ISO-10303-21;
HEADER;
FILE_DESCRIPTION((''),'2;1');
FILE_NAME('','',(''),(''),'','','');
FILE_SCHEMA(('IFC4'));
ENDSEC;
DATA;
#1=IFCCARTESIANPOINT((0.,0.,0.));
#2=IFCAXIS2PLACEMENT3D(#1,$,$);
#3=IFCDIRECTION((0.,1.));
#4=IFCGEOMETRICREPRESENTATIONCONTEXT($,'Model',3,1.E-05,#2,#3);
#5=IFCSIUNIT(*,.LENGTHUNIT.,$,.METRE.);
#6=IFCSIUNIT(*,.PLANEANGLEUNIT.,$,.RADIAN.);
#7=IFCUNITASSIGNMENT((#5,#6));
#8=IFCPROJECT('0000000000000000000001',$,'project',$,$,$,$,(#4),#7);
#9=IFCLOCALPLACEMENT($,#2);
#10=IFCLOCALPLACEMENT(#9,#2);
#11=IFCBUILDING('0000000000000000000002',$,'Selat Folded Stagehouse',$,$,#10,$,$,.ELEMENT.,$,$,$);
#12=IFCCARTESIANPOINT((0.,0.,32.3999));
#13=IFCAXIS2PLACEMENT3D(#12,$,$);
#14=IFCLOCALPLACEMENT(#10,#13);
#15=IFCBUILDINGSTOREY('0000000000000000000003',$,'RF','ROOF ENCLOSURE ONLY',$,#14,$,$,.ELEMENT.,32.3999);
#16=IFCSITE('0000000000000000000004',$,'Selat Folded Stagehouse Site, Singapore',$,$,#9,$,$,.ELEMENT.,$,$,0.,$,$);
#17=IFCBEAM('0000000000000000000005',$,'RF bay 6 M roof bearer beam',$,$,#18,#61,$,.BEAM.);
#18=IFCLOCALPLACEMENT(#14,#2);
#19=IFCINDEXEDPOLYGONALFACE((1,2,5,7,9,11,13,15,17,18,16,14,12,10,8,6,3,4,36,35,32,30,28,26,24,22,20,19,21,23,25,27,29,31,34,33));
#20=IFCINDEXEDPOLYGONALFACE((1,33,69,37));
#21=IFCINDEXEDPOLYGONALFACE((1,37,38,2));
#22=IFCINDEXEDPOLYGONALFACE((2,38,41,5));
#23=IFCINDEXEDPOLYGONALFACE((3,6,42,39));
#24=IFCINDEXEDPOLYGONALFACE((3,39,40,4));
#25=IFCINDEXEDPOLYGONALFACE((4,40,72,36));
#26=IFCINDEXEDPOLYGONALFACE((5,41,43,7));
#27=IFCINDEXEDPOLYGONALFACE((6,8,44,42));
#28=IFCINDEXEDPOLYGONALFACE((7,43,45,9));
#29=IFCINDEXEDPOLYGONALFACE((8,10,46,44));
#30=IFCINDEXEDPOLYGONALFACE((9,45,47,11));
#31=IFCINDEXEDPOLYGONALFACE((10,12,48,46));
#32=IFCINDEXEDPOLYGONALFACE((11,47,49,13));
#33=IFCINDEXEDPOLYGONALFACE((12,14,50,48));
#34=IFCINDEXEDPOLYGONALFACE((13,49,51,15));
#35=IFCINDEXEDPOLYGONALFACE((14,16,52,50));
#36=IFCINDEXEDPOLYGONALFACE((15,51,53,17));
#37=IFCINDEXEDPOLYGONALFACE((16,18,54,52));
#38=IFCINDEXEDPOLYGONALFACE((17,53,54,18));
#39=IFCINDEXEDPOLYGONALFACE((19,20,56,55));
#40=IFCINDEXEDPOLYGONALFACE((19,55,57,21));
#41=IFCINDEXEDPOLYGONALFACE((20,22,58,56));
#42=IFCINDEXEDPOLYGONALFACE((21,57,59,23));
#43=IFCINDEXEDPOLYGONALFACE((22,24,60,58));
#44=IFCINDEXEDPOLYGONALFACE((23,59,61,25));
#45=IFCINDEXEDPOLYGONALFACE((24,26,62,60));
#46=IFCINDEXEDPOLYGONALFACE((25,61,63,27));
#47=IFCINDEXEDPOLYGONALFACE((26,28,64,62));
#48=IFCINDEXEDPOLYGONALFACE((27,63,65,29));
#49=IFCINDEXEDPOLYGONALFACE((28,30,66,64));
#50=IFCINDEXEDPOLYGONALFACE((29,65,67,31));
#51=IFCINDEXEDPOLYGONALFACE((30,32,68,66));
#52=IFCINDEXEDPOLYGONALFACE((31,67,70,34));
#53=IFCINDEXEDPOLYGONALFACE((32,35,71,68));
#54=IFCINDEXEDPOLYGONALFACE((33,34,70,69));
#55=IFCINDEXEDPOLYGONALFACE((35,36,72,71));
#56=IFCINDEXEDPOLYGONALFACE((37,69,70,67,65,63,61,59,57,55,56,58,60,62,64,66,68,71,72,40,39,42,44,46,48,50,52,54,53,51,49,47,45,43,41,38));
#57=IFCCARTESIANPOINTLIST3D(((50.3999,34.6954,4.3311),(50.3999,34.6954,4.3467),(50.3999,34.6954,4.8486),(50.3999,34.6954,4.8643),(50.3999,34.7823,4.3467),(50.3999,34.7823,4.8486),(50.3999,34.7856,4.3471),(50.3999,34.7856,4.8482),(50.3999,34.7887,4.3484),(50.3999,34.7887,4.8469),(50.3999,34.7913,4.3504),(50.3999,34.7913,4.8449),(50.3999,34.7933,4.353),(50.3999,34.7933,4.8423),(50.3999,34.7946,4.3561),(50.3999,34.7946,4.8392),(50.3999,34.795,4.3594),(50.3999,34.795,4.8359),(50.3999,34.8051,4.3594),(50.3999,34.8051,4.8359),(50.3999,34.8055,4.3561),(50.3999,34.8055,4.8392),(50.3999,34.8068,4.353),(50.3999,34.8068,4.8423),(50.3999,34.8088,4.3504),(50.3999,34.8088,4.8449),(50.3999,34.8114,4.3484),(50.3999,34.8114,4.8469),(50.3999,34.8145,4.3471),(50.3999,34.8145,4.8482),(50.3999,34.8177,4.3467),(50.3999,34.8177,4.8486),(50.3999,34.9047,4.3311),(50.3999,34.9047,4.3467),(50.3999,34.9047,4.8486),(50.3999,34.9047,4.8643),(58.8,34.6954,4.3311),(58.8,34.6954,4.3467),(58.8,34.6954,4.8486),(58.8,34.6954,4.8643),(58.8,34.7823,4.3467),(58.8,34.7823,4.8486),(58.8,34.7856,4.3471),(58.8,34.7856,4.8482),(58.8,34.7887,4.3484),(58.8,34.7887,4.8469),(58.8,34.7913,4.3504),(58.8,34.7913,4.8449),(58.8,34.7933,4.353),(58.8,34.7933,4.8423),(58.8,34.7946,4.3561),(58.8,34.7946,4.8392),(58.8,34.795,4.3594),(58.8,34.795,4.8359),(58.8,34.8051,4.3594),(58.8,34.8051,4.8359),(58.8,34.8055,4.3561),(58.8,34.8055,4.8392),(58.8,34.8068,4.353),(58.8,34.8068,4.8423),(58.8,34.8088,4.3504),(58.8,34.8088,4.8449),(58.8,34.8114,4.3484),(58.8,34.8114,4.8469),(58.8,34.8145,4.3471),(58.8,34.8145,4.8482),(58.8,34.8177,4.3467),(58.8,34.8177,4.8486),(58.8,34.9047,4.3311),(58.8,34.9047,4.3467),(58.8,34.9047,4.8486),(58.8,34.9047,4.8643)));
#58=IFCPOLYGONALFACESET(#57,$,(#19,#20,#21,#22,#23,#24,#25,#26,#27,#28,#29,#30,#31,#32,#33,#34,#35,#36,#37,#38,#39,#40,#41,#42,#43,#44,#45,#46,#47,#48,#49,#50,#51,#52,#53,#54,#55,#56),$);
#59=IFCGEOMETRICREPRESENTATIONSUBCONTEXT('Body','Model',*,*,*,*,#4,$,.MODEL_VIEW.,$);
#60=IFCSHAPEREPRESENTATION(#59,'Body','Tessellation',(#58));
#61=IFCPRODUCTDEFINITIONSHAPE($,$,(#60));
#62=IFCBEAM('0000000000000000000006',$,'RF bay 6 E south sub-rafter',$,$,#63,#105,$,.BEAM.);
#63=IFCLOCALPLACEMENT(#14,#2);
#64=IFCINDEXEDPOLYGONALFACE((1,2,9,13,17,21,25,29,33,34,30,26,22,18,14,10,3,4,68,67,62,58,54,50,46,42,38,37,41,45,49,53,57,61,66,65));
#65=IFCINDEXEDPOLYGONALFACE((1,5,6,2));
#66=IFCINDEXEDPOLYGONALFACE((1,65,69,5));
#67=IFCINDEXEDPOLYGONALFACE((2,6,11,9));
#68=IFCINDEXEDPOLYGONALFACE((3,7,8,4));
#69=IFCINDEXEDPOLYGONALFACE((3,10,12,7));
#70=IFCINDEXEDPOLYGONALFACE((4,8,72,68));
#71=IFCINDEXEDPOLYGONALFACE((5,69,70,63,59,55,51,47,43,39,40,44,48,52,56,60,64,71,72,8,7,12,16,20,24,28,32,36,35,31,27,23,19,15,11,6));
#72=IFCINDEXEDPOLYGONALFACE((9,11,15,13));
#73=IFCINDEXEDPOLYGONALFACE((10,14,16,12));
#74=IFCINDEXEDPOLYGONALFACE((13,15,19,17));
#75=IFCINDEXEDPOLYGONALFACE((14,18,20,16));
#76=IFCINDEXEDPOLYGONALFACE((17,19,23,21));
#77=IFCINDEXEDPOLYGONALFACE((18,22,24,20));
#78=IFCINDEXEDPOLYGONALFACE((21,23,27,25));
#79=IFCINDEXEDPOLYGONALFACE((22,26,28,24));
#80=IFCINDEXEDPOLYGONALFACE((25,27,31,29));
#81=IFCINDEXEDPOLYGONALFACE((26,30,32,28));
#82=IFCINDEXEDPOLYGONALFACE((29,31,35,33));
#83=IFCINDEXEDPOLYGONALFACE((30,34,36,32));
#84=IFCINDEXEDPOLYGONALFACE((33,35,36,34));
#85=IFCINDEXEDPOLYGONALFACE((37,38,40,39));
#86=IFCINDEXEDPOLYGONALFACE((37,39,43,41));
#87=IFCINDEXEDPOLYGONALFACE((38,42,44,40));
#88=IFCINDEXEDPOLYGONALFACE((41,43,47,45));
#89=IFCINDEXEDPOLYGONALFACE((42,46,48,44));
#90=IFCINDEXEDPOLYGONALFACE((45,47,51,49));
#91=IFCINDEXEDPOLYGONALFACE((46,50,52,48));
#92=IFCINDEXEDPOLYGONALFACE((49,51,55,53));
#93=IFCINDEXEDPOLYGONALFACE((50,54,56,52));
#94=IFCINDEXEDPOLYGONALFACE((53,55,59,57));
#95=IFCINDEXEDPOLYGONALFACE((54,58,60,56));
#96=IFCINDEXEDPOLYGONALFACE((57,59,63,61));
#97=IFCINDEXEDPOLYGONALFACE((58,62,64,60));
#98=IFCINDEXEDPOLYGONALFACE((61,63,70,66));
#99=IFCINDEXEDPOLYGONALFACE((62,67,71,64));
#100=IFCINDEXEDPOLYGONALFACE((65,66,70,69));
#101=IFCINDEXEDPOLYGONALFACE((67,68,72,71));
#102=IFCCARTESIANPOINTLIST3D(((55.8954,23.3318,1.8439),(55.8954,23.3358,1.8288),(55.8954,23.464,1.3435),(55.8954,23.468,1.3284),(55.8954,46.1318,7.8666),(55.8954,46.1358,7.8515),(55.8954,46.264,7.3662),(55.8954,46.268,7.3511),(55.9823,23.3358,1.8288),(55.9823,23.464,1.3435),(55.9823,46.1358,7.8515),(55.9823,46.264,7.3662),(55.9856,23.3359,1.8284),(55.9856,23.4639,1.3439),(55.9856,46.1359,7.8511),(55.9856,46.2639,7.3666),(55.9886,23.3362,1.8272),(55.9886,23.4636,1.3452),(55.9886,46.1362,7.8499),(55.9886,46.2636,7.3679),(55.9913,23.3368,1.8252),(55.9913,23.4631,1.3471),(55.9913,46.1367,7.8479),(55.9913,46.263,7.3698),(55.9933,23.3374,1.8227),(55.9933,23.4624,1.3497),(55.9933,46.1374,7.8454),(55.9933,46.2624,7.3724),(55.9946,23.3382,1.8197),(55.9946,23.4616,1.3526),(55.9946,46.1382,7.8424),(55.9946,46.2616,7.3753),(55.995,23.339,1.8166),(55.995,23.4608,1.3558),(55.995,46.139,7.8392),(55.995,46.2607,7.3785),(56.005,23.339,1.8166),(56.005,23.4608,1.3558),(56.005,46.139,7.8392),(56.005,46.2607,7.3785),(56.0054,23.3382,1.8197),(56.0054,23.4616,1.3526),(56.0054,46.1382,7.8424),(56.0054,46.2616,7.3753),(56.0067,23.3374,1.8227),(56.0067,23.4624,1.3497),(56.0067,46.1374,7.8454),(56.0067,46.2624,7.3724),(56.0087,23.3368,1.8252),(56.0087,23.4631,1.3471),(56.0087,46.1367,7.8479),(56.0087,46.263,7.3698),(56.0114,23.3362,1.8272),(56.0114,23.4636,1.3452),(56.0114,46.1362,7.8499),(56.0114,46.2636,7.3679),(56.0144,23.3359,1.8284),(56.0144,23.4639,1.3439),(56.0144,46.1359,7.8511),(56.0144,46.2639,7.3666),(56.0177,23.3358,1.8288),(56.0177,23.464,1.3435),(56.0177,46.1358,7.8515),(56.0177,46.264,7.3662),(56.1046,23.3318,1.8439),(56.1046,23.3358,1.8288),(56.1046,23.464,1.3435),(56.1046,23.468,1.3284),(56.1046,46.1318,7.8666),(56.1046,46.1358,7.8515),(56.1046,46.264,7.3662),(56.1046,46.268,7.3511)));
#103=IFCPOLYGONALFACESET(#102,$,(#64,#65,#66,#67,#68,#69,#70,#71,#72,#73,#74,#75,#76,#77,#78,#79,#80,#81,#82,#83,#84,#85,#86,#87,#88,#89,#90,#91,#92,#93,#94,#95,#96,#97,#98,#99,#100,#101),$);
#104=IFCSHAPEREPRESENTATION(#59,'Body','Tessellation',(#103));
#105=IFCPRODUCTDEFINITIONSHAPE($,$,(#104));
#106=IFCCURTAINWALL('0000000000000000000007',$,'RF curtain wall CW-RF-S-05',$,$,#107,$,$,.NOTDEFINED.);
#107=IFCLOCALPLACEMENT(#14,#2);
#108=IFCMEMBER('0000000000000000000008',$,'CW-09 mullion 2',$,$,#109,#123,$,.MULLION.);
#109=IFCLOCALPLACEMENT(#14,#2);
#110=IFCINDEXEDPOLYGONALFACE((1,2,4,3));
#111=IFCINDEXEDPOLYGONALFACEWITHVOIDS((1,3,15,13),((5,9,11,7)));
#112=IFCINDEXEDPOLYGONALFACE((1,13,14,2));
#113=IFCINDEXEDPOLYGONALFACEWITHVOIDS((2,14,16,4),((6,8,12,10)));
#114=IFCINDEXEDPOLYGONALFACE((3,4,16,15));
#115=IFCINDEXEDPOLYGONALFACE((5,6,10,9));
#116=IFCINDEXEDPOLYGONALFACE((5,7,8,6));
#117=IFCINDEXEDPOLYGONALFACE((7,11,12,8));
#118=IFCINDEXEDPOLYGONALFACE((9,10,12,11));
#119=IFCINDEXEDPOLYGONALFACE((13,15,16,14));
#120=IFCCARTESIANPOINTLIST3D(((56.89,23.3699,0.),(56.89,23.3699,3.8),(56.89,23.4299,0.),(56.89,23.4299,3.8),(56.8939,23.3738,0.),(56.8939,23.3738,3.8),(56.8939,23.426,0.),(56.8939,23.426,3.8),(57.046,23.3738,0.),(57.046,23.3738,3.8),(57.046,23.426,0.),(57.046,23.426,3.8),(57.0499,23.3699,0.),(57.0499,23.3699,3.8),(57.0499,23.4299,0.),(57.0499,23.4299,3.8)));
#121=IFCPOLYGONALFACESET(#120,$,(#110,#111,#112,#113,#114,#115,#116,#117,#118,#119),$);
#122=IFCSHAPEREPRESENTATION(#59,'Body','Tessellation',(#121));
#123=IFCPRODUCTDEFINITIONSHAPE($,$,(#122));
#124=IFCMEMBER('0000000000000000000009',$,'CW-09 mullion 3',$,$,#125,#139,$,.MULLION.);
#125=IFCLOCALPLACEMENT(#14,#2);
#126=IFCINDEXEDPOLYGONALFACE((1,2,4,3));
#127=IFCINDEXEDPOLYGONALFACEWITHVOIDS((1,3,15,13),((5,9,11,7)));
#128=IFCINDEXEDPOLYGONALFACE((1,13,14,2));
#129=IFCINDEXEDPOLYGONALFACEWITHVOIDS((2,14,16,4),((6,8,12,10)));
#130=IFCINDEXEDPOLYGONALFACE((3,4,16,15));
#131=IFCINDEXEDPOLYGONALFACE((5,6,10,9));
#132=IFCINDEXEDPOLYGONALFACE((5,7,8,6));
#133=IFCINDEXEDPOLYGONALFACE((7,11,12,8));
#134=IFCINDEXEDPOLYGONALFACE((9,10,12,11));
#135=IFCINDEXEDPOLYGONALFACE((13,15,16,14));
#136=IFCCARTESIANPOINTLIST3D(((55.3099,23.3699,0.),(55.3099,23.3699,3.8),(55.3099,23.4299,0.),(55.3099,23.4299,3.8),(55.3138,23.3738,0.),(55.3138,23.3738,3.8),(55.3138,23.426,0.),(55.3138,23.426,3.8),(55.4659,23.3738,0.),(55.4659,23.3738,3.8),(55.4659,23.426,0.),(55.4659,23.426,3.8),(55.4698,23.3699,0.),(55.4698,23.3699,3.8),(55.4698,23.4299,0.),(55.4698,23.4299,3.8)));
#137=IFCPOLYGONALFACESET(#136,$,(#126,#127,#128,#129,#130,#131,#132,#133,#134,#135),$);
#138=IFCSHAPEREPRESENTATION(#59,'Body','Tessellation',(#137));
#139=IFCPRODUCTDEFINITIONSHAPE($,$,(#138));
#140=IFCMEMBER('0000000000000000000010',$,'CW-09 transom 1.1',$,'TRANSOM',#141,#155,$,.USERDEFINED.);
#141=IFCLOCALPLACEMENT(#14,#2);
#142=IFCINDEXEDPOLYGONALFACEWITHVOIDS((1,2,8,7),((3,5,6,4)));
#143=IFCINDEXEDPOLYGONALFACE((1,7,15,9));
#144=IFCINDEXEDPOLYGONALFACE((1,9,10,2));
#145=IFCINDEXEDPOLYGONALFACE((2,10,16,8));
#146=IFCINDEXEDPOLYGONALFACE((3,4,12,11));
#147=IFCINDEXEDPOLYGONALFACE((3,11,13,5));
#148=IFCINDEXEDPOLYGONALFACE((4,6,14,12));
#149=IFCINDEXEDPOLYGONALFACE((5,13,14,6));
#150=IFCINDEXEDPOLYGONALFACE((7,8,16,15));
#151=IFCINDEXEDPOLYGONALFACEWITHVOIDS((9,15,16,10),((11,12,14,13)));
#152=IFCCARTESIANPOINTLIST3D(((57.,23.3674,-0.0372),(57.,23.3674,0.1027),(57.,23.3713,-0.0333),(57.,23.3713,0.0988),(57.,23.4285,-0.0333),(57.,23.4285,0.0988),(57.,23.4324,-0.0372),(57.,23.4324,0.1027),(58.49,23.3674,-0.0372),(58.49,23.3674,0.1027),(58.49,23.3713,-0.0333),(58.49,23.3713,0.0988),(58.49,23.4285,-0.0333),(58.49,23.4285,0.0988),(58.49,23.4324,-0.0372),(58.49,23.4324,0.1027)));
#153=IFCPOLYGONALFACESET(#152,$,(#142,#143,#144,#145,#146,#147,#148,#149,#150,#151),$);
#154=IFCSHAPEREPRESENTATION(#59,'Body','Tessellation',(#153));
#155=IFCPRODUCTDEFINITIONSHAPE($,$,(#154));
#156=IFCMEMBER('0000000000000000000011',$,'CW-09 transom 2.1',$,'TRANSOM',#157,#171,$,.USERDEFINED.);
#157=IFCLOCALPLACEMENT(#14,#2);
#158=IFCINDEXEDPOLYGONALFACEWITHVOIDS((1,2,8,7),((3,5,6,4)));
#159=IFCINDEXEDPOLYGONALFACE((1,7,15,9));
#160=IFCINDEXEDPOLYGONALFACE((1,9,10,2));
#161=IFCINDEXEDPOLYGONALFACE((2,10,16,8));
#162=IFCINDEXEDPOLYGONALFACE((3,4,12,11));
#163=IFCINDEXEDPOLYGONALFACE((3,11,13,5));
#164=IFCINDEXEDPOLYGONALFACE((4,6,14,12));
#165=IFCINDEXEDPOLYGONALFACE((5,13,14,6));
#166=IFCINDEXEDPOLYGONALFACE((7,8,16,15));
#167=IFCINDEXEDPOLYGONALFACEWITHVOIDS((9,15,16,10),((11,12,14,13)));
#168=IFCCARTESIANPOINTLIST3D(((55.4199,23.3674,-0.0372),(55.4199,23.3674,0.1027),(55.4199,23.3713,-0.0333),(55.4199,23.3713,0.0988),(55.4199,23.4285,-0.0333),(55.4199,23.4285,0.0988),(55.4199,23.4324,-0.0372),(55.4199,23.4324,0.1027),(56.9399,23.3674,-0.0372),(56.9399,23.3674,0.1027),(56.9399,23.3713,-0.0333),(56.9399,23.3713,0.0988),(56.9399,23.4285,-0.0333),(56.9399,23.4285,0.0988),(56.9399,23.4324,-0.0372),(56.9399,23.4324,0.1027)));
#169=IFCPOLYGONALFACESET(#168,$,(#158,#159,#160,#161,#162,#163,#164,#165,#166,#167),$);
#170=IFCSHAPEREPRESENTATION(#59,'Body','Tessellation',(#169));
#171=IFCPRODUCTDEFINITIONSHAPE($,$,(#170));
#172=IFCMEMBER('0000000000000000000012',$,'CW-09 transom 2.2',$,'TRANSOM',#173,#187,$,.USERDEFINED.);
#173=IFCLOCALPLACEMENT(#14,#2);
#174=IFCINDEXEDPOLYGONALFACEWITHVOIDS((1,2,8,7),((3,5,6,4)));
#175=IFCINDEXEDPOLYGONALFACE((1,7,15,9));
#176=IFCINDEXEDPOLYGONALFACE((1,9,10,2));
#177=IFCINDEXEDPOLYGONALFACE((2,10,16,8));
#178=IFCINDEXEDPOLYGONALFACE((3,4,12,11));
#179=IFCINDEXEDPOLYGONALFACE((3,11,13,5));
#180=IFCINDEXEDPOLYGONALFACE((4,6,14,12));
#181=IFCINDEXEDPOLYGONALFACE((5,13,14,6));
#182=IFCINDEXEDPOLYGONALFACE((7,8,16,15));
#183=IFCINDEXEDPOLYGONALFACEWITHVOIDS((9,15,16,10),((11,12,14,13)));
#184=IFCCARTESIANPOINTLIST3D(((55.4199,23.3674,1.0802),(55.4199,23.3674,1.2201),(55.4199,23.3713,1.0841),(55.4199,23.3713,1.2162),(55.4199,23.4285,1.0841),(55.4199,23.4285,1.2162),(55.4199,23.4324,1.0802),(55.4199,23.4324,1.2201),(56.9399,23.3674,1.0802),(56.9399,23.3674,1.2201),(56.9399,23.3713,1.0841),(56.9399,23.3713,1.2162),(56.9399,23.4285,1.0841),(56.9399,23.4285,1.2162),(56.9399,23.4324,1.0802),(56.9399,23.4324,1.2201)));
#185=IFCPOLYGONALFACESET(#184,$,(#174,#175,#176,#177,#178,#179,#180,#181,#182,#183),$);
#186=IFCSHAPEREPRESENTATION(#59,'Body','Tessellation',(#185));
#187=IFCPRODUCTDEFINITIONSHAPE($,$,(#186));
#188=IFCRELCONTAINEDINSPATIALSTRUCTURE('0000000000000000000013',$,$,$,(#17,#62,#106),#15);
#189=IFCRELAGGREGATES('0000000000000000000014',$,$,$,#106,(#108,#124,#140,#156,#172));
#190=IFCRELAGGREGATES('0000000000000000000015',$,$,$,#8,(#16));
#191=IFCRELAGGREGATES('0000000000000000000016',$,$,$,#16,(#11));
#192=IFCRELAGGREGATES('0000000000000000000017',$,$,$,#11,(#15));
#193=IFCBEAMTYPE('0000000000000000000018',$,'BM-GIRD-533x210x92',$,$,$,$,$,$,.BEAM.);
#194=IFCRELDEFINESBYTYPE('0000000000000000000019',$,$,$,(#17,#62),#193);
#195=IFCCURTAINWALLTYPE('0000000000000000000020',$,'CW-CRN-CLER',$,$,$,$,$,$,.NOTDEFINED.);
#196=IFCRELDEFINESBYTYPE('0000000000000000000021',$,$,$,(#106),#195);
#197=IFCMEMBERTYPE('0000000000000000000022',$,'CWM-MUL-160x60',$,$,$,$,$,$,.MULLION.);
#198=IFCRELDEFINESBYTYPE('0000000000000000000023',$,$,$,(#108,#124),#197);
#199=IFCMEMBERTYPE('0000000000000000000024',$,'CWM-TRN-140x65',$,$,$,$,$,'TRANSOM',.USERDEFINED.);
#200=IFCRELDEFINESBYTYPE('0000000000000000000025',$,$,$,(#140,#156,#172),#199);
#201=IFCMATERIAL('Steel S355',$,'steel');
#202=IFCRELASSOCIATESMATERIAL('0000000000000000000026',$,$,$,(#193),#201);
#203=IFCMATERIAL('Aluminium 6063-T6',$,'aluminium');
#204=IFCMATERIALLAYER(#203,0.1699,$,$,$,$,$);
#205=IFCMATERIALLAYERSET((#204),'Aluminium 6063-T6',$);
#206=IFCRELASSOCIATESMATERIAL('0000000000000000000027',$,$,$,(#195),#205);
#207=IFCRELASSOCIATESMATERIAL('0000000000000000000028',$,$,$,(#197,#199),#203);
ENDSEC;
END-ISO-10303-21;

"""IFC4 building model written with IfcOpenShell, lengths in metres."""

from ifc_helpers import new_model, si_unit, direction, frame, origin, origin_2d, place, context, subcontext, project, spatial, hollow_rectangle, i_section, extrude, material, layer, layer_set, material_profile, profile_set, type_object, element, aggregate, save


model = new_model("IFC4")

# Units and contexts
model_context = context("Model", 3, precision=1e-05, world=origin(), true_north=direction((0.0, 1.0)))
body_context = subcontext(model_context, "Body", "Model", "MODEL_VIEW")
ifc_project = project(units=[si_unit("LENGTHUNIT", "METRE"), si_unit("PLANEANGLEUNIT", "RADIAN")], contexts=[model_context])

# Site, building, storey
site_placement = place(None, origin())
site = spatial("IfcSite", under=ifc_project, at=site_placement, Name="Selat Folded Stagehouse Site, Singapore", CompositionType="ELEMENT", RefElevation=0.0)
building_placement = place(site_placement, origin())
building = spatial("IfcBuilding", under=site, at=building_placement, Name="Selat Folded Stagehouse", CompositionType="ELEMENT")
storey_placement = place(building_placement, frame((0.0, 0.0, 32.3999)))
storey = spatial("IfcBuildingStorey", under=building, at=storey_placement, Name="RF", Description="ROOF ENCLOSURE ONLY", CompositionType="ELEMENT", Elevation=32.3999)

# Beams
ifc_material_1 = material(Name="Steel S355", Category="steel")
ifc_material_profile_1 = material_profile(ifc_material_1, i_section(OverallWidth=0.2092, OverallDepth=0.5332, WebThickness=0.01, FlangeThickness=0.0156, FilletRadius=0.0127, at=origin_2d()), Name="UKB 533x210x92")
ifc_profile_set_1 = profile_set([ifc_material_profile_1], Name="Steel S355")
beam_type = type_object("IfcBeamType", Name="BM-GIRD-533x210x92", PredefinedType="BEAM", material=ifc_profile_set_1)
beam_1_placement = place(storey_placement, frame((50.3999, 34.8, 4.5977), z_axis=(1.0, 0.0, 0.0), x_axis=(0.0, 1.0, 0.0)))
element("IfcBeam", 1, at=beam_1_placement, inside=storey, type_object=beam_type, Name="RF bay 6 M roof bearer beam", PredefinedType="BEAM", context=body_context, shape_type="SweptSolid", body=[
    extrude(i_section(OverallWidth=0.2092, OverallDepth=0.5332, WebThickness=0.01, FlangeThickness=0.0156, FilletRadius=0.0127, at=origin_2d()), origin(), (0.0, 0.0, 1.0), 8.4001),
])
beam_2_placement = place(storey_placement, frame((56.0, 23.3999, 1.5862), z_axis=(0.0, 0.966837, 0.255393), x_axis=(-1.0, 0.0, 0.0)))
element("IfcBeam", 2, at=beam_2_placement, inside=storey, type_object=beam_type, Name="RF bay 6 E south sub-rafter", PredefinedType="BEAM", context=body_context, shape_type="SweptSolid", body=[
    extrude(i_section(OverallWidth=0.2092, OverallDepth=0.5332, WebThickness=0.01, FlangeThickness=0.0156, FilletRadius=0.0127, at=origin_2d()), origin(), (0.0, 0.0, 1.0), 23.582),
])

# Curtain wall, members
ifc_material_2 = material(Name="Aluminium 6063-T6", Category="aluminium")
ifc_layer_1 = layer(ifc_material_2, 0.1699)
ifc_layer_set_1 = layer_set([ifc_layer_1], Name="Aluminium 6063-T6")
curtain_wall_type = type_object("IfcCurtainWallType", Name="CW-CRN-CLER", PredefinedType="NOTDEFINED", material=ifc_layer_set_1)
curtain_wall_placement = place(storey_placement, origin())
curtain_wall = element("IfcCurtainWall", 3, at=curtain_wall_placement, inside=storey, type_object=curtain_wall_type, Name="RF curtain wall CW-RF-S-05", PredefinedType="NOTDEFINED")
ifc_material_profile_2 = material_profile(ifc_material_2, hollow_rectangle(XDim=0.0601, YDim=0.1599, WallThickness=0.0039, at=origin_2d()), Name="ALU 160x60x4.0")
ifc_profile_set_2 = profile_set([ifc_material_profile_2], Name="Aluminium 6063-T6")
member_type_1 = type_object("IfcMemberType", Name="CWM-MUL-160x60", PredefinedType="MULLION", material=ifc_profile_set_2)
member_1_placement = place(storey_placement, frame((56.97, 23.3999, 0.0), z_axis=(0.0, 0.0, 1.0), x_axis=(0.0, -1.0, 0.0)))
member_1 = element("IfcMember", 4, at=member_1_placement, type_object=member_type_1, Name="CW-09 mullion 2", PredefinedType="MULLION", context=body_context, shape_type="SweptSolid", body=[
    extrude(hollow_rectangle(XDim=0.0601, YDim=0.1599, WallThickness=0.0039, at=origin_2d()), origin(), (0.0, 0.0, 1.0), 3.8),
])
member_2_placement = place(storey_placement, frame((55.3899, 23.3999, 0.0), z_axis=(0.0, 0.0, 1.0), x_axis=(0.0, -1.0, 0.0)))
member_2 = element("IfcMember", 5, at=member_2_placement, type_object=member_type_1, Name="CW-09 mullion 3", PredefinedType="MULLION", context=body_context, shape_type="SweptSolid", body=[
    extrude(hollow_rectangle(XDim=0.0601, YDim=0.1599, WallThickness=0.0039, at=origin_2d()), origin(), (0.0, 0.0, 1.0), 3.8),
])
ifc_material_profile_3 = material_profile(ifc_material_2, hollow_rectangle(XDim=0.0649, YDim=0.1399, WallThickness=0.0039, at=origin_2d()), Name="ALU 140x65x4.0")
ifc_profile_set_3 = profile_set([ifc_material_profile_3], Name="Aluminium 6063-T6")
member_type_2 = type_object("IfcMemberType", Name="CWM-TRN-140x65", ElementType="TRANSOM", PredefinedType="USERDEFINED", material=ifc_profile_set_3)
member_3_placement = place(storey_placement, frame((58.49, 23.3999, 0.0327), z_axis=(-1.0, 0.0, 0.0), x_axis=(0.0, -1.0, 0.0)))
member_3 = element("IfcMember", 6, at=member_3_placement, type_object=member_type_2, Name="CW-09 transom 1.1", ObjectType="TRANSOM", PredefinedType="USERDEFINED", context=body_context, shape_type="SweptSolid", body=[
    extrude(hollow_rectangle(XDim=0.0649, YDim=0.1399, WallThickness=0.0039, at=origin_2d()), origin(), (0.0, 0.0, 1.0), 1.49),
])
member_4_placement = place(storey_placement, frame((56.9399, 23.3999, 0.0327), z_axis=(-1.0, 0.0, 0.0), x_axis=(0.0, -1.0, 0.0)))
member_4 = element("IfcMember", 7, at=member_4_placement, type_object=member_type_2, Name="CW-09 transom 2.1", ObjectType="TRANSOM", PredefinedType="USERDEFINED", context=body_context, shape_type="SweptSolid", body=[
    extrude(hollow_rectangle(XDim=0.0649, YDim=0.1399, WallThickness=0.0039, at=origin_2d()), origin(), (0.0, 0.0, 1.0), 1.52),
])
member_5_placement = place(storey_placement, frame((56.9399, 23.3999, 1.1501), z_axis=(-1.0, 0.0, 0.0), x_axis=(0.0, -1.0, 0.0)))
member_5 = element("IfcMember", 8, at=member_5_placement, type_object=member_type_2, Name="CW-09 transom 2.2", ObjectType="TRANSOM", PredefinedType="USERDEFINED", context=body_context, shape_type="SweptSolid", body=[
    extrude(hollow_rectangle(XDim=0.0649, YDim=0.1399, WallThickness=0.0039, at=origin_2d()), origin(), (0.0, 0.0, 1.0), 1.52),
])

aggregate(curtain_wall, [member_1, member_2, member_3, member_4, member_5])

save(model, "model.ifc")
